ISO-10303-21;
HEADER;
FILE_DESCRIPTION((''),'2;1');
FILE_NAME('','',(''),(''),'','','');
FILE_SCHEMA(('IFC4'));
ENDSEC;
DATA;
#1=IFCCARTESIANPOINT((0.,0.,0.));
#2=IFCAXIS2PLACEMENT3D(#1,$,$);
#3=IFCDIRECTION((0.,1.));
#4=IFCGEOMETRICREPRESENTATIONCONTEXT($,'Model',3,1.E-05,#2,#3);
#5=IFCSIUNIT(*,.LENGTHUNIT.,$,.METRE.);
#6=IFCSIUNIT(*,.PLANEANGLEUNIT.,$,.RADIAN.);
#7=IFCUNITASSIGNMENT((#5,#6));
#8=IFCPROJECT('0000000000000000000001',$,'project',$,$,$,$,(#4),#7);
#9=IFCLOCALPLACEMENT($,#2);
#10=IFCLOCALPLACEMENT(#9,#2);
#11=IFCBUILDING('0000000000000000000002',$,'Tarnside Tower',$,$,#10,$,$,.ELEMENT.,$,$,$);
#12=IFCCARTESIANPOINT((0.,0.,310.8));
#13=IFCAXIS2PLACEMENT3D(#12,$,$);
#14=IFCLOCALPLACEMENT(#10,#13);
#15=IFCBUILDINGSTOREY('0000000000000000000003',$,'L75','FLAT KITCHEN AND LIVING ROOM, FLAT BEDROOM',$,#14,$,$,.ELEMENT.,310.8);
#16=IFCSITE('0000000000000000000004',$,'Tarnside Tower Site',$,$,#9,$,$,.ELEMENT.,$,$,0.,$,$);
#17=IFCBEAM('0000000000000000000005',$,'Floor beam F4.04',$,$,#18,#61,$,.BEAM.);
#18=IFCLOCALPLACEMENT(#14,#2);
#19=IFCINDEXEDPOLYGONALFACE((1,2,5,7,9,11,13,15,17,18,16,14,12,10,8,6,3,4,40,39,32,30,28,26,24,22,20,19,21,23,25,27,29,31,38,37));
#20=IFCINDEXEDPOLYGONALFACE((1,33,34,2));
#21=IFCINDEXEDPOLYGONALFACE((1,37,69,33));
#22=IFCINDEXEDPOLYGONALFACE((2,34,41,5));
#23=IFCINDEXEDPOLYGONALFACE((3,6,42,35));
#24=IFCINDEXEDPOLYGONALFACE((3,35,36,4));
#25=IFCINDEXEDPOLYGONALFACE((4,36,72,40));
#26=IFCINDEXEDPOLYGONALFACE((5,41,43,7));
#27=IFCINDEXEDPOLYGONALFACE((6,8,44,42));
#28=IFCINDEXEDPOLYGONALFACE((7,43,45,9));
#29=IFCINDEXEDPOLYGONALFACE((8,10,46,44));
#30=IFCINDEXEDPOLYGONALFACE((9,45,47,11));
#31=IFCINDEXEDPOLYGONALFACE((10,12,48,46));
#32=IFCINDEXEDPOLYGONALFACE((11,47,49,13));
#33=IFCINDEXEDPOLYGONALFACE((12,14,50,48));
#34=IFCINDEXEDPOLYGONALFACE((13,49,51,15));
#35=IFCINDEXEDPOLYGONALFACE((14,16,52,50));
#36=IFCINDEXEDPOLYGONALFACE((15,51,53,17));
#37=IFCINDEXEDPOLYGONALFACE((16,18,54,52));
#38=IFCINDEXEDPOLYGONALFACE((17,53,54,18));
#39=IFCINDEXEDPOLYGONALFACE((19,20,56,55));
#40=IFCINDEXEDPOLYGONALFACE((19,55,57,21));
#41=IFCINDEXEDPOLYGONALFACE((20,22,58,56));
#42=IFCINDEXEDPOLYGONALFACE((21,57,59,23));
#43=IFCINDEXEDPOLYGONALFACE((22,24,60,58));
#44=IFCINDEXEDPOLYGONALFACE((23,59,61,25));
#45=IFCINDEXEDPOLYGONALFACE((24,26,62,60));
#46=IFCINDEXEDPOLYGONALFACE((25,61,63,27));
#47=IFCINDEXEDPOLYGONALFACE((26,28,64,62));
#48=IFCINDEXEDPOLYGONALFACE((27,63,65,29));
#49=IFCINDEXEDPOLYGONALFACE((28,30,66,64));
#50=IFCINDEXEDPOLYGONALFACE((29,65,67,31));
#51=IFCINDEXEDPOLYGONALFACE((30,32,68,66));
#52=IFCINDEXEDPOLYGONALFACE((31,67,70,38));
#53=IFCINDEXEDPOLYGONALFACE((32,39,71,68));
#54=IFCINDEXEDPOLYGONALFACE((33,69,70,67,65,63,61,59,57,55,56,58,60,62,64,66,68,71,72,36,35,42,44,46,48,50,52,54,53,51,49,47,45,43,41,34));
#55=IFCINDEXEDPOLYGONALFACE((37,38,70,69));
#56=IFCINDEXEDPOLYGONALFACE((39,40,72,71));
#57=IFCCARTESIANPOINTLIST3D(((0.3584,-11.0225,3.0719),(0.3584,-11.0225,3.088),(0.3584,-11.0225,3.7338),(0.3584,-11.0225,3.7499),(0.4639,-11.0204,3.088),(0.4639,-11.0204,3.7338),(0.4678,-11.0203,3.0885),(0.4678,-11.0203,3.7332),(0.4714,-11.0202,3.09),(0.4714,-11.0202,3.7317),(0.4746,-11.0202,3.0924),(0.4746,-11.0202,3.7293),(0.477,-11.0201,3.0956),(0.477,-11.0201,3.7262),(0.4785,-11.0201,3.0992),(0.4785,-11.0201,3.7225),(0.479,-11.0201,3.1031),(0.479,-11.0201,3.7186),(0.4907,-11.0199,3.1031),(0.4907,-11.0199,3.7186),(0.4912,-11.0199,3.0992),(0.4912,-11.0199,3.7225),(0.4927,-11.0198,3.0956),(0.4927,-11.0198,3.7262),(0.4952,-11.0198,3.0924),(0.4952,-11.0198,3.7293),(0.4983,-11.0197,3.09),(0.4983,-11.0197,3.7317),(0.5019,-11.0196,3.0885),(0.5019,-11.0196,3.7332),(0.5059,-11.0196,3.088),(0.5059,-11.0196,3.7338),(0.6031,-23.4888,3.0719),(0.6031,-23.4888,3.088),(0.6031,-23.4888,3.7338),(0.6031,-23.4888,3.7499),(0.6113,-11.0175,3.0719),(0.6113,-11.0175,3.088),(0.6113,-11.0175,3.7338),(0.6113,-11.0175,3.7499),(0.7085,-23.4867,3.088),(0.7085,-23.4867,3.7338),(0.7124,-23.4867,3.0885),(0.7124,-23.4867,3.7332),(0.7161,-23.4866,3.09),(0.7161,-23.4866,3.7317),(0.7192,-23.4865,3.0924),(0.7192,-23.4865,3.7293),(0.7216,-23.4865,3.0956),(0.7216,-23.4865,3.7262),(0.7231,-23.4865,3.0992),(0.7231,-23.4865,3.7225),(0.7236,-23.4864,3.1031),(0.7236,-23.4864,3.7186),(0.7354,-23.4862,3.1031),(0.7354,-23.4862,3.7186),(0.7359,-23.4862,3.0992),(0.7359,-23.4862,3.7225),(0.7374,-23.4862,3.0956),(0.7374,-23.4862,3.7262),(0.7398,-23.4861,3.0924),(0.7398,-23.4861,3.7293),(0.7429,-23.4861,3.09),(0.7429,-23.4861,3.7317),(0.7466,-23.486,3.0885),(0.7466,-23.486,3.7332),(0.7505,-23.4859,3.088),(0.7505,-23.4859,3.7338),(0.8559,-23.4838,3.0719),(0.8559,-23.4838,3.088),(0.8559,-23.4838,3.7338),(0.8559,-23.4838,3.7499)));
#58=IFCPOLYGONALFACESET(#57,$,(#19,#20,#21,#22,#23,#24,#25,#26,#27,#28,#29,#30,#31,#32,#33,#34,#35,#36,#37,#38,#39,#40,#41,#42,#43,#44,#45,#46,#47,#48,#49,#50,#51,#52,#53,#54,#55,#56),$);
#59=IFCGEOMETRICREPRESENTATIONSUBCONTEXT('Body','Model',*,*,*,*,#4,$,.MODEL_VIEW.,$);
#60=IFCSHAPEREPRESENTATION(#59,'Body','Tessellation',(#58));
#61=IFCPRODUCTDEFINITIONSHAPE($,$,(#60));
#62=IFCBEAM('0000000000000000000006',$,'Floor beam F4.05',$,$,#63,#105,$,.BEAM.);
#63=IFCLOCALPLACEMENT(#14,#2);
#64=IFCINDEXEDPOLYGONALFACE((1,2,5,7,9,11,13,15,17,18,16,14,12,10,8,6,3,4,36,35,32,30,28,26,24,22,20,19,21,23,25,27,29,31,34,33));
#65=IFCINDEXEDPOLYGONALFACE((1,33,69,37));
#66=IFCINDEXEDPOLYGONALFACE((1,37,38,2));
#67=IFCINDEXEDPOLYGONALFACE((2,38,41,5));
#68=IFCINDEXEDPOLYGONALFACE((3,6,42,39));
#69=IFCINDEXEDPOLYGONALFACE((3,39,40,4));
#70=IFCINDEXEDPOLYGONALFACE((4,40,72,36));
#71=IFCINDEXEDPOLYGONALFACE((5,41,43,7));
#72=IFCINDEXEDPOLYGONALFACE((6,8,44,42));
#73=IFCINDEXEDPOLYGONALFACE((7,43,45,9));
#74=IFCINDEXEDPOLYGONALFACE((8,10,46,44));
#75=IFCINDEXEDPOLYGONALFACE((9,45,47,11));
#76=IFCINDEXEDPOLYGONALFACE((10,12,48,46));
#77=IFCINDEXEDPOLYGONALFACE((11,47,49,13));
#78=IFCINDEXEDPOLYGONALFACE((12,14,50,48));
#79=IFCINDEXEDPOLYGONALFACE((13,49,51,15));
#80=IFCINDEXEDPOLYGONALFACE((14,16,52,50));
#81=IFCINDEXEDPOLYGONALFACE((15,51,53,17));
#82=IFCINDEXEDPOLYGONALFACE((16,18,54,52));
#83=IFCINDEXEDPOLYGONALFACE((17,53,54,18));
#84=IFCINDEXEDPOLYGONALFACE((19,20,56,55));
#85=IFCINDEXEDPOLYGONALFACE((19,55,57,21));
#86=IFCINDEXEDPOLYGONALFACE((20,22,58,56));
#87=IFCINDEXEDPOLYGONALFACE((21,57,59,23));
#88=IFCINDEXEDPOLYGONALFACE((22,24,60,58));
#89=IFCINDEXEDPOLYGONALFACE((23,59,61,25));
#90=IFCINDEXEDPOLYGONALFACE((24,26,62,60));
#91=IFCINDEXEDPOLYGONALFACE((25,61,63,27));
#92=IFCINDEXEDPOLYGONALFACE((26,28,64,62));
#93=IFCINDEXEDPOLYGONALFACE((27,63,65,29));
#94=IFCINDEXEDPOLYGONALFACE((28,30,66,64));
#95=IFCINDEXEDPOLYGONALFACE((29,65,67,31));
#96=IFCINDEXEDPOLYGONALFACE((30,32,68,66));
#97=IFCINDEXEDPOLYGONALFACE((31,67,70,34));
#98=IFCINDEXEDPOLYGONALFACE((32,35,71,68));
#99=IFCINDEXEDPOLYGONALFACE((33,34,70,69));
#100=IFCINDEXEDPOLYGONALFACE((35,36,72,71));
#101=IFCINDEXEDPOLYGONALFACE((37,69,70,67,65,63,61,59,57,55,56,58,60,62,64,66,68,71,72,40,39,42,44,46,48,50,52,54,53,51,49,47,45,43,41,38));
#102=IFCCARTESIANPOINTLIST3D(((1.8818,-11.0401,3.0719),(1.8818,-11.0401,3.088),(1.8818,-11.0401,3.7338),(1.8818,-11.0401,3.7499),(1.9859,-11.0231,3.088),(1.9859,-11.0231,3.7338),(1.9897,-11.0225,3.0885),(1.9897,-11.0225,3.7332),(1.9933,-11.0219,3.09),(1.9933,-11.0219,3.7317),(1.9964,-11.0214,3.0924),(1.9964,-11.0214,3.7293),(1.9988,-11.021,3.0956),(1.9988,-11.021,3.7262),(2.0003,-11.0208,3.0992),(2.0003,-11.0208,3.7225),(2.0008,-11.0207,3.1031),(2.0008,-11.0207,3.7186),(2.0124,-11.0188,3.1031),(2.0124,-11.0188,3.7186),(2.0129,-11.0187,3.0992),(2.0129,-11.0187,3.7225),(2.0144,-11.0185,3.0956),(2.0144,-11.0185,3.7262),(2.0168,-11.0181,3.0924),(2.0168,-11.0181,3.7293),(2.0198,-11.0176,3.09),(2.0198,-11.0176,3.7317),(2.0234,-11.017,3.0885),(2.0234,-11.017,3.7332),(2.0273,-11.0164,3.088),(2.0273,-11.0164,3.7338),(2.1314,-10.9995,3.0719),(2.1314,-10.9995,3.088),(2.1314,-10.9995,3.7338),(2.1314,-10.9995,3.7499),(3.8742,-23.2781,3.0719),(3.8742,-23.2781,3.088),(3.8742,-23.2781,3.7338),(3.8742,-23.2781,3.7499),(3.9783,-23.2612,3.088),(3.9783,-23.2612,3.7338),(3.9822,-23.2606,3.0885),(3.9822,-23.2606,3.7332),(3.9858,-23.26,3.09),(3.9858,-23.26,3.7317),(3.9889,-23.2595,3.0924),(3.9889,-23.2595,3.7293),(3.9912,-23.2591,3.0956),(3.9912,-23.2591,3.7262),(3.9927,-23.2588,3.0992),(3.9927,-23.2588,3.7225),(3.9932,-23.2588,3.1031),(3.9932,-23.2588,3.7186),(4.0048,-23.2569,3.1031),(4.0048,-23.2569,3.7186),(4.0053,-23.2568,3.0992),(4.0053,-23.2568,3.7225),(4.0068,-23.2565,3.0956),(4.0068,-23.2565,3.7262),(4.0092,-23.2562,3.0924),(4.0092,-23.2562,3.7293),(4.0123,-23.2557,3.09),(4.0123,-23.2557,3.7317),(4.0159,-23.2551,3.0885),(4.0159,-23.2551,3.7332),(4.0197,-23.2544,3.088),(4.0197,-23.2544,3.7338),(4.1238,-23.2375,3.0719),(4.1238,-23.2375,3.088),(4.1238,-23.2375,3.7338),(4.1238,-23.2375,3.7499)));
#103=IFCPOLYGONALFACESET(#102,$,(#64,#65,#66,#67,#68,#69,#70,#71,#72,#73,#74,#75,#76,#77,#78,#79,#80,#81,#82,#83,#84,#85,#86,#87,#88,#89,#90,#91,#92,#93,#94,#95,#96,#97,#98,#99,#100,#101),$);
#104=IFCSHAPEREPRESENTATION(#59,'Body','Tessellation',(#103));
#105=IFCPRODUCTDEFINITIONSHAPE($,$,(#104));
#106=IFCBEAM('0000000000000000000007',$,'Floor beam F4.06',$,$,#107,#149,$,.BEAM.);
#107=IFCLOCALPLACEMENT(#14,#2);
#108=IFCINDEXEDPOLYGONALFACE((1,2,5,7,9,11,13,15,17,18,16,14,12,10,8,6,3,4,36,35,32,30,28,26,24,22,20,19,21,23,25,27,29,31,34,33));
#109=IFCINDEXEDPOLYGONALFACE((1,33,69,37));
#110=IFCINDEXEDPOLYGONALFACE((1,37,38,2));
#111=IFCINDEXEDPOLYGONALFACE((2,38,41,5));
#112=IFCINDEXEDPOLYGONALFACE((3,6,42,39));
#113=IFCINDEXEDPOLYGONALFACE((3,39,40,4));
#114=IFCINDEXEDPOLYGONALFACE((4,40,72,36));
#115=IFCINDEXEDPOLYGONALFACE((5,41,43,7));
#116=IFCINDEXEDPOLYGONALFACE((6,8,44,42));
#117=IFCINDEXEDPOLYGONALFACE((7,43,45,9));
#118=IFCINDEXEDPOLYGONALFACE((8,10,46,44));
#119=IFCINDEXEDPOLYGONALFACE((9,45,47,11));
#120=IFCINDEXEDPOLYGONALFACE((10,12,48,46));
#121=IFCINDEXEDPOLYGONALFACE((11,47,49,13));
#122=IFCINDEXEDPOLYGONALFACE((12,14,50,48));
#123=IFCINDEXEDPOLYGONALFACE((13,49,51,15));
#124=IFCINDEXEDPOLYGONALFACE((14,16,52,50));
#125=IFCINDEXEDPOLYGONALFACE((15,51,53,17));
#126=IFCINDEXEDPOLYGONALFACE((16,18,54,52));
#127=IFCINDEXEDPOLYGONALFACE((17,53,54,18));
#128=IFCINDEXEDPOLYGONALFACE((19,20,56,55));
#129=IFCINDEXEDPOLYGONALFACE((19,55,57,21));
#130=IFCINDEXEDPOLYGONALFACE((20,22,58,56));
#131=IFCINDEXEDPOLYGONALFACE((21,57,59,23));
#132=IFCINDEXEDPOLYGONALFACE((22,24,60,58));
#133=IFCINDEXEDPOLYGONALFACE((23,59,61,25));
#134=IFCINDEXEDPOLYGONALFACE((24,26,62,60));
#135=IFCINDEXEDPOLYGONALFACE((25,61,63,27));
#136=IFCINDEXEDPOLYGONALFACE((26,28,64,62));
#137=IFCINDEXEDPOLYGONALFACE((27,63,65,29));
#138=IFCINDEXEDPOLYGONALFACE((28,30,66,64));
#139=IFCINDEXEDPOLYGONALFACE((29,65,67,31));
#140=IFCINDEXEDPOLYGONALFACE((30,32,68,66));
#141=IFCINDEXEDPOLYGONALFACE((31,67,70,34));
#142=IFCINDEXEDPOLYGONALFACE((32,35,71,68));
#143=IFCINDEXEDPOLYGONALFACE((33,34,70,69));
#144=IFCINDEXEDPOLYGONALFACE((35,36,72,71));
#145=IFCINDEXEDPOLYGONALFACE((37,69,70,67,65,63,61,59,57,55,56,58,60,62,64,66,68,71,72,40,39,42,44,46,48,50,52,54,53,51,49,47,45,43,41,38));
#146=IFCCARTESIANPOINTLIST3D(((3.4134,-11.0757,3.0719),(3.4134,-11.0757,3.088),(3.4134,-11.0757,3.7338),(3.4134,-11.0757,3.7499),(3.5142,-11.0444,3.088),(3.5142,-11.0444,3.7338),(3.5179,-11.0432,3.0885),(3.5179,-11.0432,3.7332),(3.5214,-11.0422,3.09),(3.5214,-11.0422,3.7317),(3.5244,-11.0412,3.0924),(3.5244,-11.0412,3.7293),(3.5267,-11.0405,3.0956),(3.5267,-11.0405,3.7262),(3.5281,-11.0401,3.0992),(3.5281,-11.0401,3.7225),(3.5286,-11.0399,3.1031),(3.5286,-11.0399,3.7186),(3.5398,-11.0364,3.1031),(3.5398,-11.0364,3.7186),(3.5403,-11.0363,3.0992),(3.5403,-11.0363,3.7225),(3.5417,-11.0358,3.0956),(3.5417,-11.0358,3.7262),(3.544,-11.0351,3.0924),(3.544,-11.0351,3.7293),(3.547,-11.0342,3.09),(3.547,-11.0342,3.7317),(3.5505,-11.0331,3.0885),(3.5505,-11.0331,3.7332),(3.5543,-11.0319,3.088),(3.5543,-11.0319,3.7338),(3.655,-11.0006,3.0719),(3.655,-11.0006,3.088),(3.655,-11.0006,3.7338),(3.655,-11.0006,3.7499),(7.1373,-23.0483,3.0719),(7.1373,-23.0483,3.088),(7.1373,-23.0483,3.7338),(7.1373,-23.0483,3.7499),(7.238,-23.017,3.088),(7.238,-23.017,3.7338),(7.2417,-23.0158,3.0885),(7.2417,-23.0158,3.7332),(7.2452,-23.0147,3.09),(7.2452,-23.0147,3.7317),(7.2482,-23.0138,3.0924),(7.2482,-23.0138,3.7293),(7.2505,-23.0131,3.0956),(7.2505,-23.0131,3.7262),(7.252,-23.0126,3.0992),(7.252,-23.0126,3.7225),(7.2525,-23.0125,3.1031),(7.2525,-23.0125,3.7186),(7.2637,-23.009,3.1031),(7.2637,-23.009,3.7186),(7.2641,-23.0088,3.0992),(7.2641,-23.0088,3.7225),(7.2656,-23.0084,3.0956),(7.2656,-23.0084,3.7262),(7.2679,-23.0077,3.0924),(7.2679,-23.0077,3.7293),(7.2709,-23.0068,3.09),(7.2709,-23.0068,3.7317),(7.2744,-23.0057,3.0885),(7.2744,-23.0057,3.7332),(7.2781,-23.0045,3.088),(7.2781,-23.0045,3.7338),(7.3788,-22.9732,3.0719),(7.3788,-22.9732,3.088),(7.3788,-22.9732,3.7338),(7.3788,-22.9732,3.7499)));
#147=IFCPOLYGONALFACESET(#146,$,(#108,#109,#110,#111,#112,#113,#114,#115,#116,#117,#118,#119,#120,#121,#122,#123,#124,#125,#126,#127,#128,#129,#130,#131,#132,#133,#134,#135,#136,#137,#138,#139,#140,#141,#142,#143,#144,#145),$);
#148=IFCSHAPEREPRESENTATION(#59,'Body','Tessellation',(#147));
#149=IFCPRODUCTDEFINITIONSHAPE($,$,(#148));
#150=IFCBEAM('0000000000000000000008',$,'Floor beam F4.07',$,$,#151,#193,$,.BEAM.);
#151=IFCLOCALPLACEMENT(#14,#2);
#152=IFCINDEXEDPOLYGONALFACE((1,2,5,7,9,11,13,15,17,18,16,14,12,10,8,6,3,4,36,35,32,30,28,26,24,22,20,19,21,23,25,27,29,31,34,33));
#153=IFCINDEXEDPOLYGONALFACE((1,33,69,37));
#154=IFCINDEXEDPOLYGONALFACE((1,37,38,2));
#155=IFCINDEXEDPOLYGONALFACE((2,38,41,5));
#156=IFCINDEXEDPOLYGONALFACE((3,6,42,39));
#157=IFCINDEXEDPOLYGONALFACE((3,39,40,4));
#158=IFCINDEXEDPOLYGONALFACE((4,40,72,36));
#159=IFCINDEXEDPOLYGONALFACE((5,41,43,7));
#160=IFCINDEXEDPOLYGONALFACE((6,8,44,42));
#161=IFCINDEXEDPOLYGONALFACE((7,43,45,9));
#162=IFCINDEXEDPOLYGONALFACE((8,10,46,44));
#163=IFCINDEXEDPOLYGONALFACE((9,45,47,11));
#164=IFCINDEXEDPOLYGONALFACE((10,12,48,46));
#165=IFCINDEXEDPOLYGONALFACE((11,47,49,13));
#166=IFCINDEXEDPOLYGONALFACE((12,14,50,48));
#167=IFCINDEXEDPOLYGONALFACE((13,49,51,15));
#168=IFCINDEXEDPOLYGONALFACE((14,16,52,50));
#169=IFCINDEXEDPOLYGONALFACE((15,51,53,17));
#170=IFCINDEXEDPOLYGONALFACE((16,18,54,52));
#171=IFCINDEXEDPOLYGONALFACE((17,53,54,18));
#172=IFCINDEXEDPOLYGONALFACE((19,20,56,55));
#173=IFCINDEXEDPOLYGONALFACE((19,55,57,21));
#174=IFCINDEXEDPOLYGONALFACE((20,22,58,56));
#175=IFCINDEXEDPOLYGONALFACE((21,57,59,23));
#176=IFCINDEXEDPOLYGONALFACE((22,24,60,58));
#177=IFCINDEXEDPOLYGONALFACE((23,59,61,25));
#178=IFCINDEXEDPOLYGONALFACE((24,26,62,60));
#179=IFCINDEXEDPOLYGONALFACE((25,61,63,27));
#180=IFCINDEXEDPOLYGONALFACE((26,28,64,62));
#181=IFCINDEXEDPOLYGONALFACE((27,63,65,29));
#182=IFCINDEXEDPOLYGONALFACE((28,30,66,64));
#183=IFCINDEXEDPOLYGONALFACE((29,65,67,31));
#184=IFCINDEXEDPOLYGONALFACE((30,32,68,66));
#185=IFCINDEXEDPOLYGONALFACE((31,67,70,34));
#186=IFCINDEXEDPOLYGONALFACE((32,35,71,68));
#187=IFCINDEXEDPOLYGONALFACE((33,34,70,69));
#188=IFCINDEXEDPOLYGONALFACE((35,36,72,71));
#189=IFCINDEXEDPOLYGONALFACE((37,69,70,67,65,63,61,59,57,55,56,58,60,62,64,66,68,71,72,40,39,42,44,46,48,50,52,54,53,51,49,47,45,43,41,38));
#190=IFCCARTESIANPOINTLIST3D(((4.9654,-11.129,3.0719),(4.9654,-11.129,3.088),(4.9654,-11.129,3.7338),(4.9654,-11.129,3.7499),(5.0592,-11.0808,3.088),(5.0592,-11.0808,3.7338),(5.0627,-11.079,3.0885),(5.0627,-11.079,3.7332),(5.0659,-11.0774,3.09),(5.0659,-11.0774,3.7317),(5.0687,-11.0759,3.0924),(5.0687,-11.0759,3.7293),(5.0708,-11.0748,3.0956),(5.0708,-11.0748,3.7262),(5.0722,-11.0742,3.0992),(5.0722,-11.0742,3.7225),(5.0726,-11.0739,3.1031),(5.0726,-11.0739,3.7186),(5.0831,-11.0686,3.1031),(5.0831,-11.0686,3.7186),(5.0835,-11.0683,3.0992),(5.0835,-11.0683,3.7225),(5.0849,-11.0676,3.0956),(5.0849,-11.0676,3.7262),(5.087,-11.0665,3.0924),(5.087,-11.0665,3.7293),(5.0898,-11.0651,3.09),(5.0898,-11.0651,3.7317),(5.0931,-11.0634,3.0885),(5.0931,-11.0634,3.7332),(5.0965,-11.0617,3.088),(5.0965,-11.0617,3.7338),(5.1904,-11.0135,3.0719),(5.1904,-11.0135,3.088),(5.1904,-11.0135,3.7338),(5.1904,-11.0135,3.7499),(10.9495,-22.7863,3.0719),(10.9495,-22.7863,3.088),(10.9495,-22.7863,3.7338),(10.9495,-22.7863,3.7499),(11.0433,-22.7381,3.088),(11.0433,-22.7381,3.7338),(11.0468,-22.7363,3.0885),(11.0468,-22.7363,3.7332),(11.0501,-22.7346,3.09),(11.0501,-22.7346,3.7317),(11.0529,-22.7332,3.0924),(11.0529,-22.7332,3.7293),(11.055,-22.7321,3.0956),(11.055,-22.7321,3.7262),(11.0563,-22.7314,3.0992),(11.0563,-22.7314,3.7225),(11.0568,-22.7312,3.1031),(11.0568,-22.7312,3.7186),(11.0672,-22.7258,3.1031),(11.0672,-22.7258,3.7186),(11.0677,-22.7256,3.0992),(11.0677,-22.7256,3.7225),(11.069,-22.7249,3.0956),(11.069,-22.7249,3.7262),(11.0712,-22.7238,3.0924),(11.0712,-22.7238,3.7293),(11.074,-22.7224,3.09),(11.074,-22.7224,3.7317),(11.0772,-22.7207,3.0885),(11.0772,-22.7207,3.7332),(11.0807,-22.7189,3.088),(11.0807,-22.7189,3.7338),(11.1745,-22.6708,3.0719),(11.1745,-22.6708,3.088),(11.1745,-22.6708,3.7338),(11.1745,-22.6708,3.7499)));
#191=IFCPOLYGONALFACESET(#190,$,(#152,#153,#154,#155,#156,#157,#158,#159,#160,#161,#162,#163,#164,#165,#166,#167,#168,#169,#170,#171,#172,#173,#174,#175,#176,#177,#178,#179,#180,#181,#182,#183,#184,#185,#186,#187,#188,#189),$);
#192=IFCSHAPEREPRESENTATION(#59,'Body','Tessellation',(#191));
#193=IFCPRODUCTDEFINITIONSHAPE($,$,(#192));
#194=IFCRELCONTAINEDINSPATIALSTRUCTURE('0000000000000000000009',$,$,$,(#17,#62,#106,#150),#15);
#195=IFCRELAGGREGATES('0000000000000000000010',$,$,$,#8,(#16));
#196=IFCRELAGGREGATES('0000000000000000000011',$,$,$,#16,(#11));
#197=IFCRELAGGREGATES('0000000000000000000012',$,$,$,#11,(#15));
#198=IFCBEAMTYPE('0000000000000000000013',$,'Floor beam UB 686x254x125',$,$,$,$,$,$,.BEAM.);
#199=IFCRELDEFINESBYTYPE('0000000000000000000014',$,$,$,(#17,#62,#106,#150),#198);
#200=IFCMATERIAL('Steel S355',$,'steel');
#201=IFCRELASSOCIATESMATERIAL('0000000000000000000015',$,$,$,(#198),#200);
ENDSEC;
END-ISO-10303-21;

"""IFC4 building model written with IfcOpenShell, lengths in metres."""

from ifc_helpers import new_model, si_unit, direction, frame, origin, origin_2d, place, context, subcontext, project, spatial, i_section, extrude, material, material_profile, profile_set, type_object, element, save


model = new_model("IFC4")

# Units and contexts
model_context = context("Model", 3, precision=1e-05, world=origin(), true_north=direction((0.0, 1.0)))
body_context = subcontext(model_context, "Body", "Model", "MODEL_VIEW")
ifc_project = project(units=[si_unit("LENGTHUNIT", "METRE"), si_unit("PLANEANGLEUNIT", "RADIAN")], contexts=[model_context])

# Site, building, storey
site_placement = place(None, origin())
site = spatial("IfcSite", under=ifc_project, at=site_placement, Name="Tarnside Tower Site", CompositionType="ELEMENT", RefElevation=0.0)
building_placement = place(site_placement, origin())
building = spatial("IfcBuilding", under=site, at=building_placement, Name="Tarnside Tower", CompositionType="ELEMENT")
storey_placement = place(building_placement, frame((0.0, 0.0, 310.8)))
storey = spatial("IfcBuildingStorey", under=building, at=storey_placement, Name="L75", Description="FLAT KITCHEN AND LIVING ROOM, FLAT BEDROOM", CompositionType="ELEMENT", Elevation=310.8)

# Beams
ifc_material_1 = material(Name="Steel S355", Category="steel")
ifc_material_profile = material_profile(ifc_material_1, i_section(OverallWidth=0.2529, OverallDepth=0.678, WebThickness=0.0117, FlangeThickness=0.0161, FilletRadius=0.0151, at=origin_2d()), Name="UB 686x254x125")
ifc_profile_set = profile_set([ifc_material_profile], Name="Steel S355")
beam_type = type_object("IfcBeamType", Name="Floor beam UB 686x254x125", PredefinedType="BEAM", material=ifc_profile_set)
beam_1_placement = place(storey_placement, frame((0.7295, -23.4863, 3.4109), z_axis=(-0.019619, 0.999808, 0.0), x_axis=(-0.999808, -0.019619, 0.0)))
element("IfcBeam", 1, at=beam_1_placement, inside=storey, type_object=beam_type, Name="Floor beam F4.04", PredefinedType="BEAM", context=body_context, shape_type="SweptSolid", body=[
    extrude(i_section(OverallWidth=0.2529, OverallDepth=0.678, WebThickness=0.0117, FlangeThickness=0.0161, FilletRadius=0.0151, at=origin_2d()), origin(), (0.0, 0.0, 1.0), 12.4688),
])
beam_2_placement = place(storey_placement, frame((3.999, -23.2578, 3.4109), z_axis=(-0.160691, 0.987005, 0.0), x_axis=(-0.987005, -0.160691, 0.0)))
element("IfcBeam", 2, at=beam_2_placement, inside=storey, type_object=beam_type, Name="Floor beam F4.05", PredefinedType="BEAM", context=body_context, shape_type="SweptSolid", body=[
    extrude(i_section(OverallWidth=0.2529, OverallDepth=0.678, WebThickness=0.0117, FlangeThickness=0.0161, FilletRadius=0.0151, at=origin_2d()), origin(), (0.0, 0.0, 1.0), 12.3992),
])
beam_3_placement = place(storey_placement, frame((7.2581, -23.0107, 3.4109), z_axis=(-0.296998, 0.954878, 0.0), x_axis=(-0.954878, -0.296998, 0.0)))
element("IfcBeam", 3, at=beam_3_placement, inside=storey, type_object=beam_type, Name="Floor beam F4.06", PredefinedType="BEAM", context=body_context, shape_type="SweptSolid", body=[
    extrude(i_section(OverallWidth=0.2529, OverallDepth=0.678, WebThickness=0.0117, FlangeThickness=0.0161, FilletRadius=0.0151, at=origin_2d()), origin(), (0.0, 0.0, 1.0), 12.5383),
])
beam_4_placement = place(storey_placement, frame((11.062, -22.7285, 3.4109), z_axis=(-0.456683, 0.889629, 0.0), x_axis=(-0.889629, -0.456683, 0.0)))
element("IfcBeam", 4, at=beam_4_placement, inside=storey, type_object=beam_type, Name="Floor beam F4.07", PredefinedType="BEAM", context=body_context, shape_type="SweptSolid", body=[
    extrude(i_section(OverallWidth=0.2529, OverallDepth=0.678, WebThickness=0.0117, FlangeThickness=0.0161, FilletRadius=0.0151, at=origin_2d()), origin(), (0.0, 0.0, 1.0), 13.1035),
])

save(model, "model.ifc")
